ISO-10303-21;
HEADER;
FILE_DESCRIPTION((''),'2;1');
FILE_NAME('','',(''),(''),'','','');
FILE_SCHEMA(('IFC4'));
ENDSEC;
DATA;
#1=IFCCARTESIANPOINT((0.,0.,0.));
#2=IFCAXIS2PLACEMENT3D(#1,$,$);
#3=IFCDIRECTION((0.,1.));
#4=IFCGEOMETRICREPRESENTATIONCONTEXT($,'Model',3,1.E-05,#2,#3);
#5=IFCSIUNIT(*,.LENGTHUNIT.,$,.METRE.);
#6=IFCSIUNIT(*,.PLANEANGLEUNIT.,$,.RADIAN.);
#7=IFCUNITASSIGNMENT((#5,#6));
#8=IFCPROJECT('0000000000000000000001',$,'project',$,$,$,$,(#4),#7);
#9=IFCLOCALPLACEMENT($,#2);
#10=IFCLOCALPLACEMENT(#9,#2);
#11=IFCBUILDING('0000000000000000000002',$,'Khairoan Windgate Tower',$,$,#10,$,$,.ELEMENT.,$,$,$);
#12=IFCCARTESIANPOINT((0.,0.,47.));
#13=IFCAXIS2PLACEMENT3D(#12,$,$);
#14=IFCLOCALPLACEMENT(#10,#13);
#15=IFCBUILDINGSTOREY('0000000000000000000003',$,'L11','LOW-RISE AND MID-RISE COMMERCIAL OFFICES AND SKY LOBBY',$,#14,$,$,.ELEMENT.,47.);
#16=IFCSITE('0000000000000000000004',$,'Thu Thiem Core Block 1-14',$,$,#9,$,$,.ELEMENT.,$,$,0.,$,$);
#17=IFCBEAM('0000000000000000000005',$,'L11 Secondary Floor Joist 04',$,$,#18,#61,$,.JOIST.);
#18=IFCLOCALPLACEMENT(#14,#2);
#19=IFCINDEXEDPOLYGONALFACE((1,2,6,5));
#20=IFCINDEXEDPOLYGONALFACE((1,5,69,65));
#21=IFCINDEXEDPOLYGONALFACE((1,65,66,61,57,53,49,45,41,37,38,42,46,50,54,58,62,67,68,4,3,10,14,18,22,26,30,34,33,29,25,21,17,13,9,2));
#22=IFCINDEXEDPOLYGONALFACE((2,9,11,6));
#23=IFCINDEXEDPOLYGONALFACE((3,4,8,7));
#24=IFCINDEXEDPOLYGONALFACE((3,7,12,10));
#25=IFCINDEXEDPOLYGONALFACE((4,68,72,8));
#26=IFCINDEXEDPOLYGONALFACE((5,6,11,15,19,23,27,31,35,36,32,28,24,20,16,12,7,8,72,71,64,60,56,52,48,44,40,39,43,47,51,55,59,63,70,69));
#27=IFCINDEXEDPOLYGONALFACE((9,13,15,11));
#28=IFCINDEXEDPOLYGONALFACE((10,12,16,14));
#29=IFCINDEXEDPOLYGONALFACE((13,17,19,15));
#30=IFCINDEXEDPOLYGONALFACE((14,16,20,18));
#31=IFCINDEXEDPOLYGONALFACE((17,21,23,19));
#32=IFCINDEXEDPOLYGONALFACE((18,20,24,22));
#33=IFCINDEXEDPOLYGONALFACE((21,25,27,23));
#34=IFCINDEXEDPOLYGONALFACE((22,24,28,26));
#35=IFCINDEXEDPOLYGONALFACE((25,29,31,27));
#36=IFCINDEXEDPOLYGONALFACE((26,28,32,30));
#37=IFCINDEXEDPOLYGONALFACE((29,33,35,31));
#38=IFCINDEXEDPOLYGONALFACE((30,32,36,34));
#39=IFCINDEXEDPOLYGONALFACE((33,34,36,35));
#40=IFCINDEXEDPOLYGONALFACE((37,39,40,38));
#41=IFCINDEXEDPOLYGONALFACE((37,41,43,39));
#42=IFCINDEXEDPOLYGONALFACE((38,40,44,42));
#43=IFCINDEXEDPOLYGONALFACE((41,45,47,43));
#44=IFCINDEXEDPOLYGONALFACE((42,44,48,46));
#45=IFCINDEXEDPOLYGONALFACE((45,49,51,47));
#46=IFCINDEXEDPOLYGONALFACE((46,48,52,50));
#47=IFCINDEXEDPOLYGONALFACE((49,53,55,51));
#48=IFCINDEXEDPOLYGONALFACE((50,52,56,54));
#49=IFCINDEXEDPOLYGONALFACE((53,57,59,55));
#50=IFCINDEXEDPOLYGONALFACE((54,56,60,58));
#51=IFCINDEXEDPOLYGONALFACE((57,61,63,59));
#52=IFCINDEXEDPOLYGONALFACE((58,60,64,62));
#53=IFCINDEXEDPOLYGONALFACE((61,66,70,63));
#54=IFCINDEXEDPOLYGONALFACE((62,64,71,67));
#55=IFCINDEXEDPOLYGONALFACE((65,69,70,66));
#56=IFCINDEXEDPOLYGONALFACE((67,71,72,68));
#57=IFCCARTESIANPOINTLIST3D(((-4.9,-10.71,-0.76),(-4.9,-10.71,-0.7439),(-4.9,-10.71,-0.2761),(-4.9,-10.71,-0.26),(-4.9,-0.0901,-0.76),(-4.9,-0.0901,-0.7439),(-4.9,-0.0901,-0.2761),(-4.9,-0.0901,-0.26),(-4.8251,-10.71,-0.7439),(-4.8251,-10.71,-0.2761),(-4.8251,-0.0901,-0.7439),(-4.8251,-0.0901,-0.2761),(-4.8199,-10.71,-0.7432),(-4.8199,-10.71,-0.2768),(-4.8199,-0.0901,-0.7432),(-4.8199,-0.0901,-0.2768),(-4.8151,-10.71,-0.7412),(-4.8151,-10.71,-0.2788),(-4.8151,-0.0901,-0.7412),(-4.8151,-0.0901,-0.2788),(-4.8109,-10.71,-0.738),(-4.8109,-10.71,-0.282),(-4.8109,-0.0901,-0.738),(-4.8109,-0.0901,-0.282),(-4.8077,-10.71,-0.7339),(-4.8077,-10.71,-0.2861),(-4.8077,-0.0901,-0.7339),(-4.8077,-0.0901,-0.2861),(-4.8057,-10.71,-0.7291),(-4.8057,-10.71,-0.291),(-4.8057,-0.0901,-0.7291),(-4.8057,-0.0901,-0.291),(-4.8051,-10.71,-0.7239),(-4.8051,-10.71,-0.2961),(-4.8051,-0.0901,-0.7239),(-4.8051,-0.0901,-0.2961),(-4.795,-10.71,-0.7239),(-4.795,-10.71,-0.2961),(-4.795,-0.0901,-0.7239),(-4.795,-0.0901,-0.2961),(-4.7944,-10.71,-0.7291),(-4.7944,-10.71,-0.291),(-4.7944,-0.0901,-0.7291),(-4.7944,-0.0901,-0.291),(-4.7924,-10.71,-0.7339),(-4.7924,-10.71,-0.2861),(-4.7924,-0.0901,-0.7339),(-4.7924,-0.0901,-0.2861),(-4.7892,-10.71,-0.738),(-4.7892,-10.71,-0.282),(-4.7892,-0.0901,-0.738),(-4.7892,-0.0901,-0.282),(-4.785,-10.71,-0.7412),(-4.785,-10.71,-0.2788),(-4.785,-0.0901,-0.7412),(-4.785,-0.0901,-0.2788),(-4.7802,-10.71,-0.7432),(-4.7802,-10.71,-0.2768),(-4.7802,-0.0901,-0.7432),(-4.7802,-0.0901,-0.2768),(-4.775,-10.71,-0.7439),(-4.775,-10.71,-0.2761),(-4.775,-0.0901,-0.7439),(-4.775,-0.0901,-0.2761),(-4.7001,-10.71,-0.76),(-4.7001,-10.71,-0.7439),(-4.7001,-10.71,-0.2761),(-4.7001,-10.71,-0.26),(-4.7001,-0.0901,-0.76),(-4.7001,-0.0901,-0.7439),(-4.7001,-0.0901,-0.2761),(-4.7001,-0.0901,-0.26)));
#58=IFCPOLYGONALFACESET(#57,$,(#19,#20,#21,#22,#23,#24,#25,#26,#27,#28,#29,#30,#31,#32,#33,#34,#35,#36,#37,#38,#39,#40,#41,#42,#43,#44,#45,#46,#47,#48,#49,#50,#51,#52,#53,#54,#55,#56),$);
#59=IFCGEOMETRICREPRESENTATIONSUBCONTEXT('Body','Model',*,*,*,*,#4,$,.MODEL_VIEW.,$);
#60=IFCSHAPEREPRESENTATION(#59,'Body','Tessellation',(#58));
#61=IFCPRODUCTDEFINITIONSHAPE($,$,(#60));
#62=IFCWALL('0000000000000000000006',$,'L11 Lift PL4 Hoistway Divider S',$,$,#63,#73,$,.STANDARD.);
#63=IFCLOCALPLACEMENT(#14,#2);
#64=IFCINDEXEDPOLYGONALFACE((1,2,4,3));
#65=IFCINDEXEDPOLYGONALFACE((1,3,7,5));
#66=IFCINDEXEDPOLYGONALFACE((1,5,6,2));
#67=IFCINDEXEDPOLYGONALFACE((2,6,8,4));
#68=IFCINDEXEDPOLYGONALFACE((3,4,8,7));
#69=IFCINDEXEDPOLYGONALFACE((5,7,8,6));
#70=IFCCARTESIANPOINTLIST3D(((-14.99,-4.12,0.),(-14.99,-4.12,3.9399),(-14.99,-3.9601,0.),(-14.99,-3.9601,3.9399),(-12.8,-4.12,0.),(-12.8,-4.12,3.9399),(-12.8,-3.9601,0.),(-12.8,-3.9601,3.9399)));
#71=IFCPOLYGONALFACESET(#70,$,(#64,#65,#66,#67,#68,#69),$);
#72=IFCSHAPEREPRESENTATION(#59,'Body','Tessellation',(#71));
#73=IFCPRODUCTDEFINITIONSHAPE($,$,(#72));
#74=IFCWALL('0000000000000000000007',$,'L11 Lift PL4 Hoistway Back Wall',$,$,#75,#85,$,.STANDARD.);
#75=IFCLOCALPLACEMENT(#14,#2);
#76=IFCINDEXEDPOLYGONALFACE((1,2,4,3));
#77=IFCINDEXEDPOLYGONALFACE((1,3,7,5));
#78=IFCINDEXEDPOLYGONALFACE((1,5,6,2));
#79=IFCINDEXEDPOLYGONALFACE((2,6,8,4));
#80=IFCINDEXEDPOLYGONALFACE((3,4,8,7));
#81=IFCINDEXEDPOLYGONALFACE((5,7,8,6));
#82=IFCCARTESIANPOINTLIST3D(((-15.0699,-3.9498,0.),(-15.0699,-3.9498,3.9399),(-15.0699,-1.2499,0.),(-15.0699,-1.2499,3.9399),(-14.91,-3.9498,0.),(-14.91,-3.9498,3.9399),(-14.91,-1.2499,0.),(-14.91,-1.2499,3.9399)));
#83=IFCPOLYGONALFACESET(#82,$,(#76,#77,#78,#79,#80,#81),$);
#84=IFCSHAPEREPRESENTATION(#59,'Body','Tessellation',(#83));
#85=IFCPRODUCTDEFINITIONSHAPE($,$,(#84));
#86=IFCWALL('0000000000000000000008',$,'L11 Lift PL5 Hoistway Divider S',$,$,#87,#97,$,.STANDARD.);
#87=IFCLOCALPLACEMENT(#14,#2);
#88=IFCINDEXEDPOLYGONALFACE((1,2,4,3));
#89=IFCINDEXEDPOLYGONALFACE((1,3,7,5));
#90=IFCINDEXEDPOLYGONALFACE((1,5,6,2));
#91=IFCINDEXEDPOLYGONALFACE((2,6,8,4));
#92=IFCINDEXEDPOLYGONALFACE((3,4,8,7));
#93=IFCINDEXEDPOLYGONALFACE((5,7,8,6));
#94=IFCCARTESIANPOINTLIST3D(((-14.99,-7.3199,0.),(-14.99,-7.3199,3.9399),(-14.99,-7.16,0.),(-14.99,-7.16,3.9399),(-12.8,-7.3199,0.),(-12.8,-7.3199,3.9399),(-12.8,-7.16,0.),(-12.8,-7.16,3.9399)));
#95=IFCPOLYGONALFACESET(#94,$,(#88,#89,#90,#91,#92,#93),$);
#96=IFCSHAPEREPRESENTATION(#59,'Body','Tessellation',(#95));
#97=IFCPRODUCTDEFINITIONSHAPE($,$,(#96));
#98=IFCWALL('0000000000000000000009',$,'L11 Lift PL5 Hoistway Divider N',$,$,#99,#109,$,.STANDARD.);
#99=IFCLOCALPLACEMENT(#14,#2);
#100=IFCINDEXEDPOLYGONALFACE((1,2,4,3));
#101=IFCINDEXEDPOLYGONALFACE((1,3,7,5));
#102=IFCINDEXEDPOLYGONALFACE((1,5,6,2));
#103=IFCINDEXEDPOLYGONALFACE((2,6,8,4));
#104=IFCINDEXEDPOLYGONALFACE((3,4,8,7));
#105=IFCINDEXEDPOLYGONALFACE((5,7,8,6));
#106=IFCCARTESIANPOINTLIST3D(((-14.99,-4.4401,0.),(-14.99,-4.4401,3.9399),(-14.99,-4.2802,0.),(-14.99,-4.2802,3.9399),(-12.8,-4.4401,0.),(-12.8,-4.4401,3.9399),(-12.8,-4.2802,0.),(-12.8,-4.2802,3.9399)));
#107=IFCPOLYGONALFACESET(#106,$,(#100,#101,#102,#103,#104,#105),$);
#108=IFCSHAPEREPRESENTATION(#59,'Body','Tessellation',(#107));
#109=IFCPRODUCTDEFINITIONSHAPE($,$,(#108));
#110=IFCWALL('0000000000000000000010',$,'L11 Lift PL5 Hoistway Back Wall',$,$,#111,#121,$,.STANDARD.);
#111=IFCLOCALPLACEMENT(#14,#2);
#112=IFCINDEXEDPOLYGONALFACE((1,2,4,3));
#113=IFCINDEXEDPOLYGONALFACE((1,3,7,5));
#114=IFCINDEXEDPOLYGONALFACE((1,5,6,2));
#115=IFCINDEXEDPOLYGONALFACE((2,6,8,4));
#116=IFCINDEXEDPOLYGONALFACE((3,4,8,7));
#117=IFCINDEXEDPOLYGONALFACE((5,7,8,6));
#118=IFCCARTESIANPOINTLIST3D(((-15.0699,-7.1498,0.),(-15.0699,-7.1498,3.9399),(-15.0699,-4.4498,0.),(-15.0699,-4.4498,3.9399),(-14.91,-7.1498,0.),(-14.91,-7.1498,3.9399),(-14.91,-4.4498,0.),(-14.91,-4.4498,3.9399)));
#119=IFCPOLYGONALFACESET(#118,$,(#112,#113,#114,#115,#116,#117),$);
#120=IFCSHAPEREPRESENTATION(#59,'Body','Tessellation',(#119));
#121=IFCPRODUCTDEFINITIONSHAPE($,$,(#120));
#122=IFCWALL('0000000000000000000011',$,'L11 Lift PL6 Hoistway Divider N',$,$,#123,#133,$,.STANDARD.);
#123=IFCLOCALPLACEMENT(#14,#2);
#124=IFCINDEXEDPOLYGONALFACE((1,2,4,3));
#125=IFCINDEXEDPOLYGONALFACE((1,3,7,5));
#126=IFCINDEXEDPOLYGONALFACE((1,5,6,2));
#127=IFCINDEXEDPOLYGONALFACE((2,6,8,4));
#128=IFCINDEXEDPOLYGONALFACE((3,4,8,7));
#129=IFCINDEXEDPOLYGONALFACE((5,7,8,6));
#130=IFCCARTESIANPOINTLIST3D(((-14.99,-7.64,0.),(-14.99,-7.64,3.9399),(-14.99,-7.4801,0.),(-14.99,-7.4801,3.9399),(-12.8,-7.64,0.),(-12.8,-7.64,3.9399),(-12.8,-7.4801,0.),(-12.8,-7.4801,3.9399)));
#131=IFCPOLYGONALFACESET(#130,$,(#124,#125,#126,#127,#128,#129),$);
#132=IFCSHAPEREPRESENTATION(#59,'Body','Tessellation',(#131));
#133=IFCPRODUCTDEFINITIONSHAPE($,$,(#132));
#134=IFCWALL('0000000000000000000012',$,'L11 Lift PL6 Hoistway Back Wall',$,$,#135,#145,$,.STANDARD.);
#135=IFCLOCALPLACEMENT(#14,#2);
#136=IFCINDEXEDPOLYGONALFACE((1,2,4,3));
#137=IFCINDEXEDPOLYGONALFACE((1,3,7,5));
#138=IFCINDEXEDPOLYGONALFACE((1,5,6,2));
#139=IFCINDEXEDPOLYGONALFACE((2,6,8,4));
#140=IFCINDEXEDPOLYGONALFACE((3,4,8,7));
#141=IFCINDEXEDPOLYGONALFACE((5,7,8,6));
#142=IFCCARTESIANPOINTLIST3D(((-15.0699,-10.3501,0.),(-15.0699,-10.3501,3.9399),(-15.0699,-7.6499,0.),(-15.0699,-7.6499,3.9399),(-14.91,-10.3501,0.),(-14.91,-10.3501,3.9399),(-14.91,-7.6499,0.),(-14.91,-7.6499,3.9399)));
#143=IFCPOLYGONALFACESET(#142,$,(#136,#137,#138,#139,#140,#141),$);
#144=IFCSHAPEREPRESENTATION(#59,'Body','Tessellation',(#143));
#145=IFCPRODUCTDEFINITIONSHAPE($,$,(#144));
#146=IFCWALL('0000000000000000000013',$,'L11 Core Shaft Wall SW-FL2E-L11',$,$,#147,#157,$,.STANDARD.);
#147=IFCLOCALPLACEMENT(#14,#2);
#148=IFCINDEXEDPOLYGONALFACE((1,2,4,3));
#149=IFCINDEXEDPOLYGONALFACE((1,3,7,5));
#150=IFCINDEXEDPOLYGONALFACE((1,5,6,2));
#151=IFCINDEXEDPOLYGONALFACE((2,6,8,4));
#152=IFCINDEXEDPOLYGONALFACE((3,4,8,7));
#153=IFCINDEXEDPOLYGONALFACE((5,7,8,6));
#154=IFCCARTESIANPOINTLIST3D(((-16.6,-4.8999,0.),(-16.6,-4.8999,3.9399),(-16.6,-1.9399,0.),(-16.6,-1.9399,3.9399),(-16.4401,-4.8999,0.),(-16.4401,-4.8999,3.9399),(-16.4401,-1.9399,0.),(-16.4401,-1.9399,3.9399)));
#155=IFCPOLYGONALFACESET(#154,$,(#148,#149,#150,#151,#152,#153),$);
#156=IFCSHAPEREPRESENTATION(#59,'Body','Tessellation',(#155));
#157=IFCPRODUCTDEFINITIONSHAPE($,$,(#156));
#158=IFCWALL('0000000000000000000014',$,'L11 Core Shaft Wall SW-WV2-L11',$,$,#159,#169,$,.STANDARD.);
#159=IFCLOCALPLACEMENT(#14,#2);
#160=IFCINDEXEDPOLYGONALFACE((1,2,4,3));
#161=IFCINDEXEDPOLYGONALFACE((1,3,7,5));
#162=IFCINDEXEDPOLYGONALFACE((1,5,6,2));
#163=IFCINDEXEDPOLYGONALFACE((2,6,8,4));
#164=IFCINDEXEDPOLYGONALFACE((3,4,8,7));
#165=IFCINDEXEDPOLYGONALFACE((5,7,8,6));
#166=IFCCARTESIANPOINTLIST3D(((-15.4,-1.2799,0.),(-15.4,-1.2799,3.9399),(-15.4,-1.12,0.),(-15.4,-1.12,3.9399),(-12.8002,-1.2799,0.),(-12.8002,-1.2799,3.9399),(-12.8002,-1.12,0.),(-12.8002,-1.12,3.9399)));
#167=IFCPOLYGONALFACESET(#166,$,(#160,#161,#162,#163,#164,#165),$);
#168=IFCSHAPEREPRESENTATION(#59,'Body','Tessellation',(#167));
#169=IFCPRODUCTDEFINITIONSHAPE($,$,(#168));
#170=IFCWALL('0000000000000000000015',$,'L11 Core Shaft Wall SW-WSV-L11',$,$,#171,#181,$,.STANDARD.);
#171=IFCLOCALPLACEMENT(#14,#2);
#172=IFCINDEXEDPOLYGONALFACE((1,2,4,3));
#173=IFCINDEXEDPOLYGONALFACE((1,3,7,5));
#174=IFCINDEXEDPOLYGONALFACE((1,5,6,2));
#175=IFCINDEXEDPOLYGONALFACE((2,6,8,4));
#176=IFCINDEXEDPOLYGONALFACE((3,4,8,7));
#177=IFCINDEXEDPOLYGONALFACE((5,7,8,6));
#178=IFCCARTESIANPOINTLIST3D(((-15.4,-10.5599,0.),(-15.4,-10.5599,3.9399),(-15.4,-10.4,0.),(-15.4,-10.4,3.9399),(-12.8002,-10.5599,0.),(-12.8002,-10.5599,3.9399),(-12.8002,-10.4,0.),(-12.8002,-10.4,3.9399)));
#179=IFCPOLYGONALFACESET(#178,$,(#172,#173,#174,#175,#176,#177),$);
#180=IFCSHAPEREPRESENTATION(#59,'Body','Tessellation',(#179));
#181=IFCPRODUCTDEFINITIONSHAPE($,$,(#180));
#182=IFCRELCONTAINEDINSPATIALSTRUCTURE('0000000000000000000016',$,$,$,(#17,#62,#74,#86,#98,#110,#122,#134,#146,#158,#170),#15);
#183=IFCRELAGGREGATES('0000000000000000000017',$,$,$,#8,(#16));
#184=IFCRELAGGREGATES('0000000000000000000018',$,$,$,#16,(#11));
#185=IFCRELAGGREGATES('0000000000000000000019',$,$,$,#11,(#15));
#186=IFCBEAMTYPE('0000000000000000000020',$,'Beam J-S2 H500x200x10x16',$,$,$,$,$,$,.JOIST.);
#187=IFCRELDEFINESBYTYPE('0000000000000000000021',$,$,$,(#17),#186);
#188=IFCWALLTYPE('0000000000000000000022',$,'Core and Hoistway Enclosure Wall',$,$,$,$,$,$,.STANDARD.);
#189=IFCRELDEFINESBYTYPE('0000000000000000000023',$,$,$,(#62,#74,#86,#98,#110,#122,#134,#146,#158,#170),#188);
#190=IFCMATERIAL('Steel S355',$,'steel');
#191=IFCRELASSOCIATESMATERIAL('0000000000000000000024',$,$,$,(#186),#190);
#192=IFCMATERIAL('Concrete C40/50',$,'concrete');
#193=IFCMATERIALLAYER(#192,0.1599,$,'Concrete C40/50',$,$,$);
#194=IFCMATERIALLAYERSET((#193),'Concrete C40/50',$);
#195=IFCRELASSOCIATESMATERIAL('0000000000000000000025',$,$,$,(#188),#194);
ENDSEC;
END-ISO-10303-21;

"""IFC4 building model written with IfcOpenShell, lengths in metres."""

from ifc_helpers import new_model, si_unit, direction, frame, frame_2d, origin, origin_2d, place, context, subcontext, project, spatial, rectangle, i_section, extrude, material, layer, layer_set, material_profile, profile_set, type_object, element, save


model = new_model("IFC4")

# Units and contexts
model_context = context("Model", 3, precision=1e-05, world=origin(), true_north=direction((0.0, 1.0)))
body_context = subcontext(model_context, "Body", "Model", "MODEL_VIEW")
ifc_project = project(units=[si_unit("LENGTHUNIT", "METRE"), si_unit("PLANEANGLEUNIT", "RADIAN")], contexts=[model_context])

# Site, building, storey
site_placement = place(None, origin())
site = spatial("IfcSite", under=ifc_project, at=site_placement, Name="Thu Thiem Core Block 1-14", CompositionType="ELEMENT", RefElevation=0.0)
building_placement = place(site_placement, origin())
building = spatial("IfcBuilding", under=site, at=building_placement, Name="Khairoan Windgate Tower", CompositionType="ELEMENT")
storey_placement = place(building_placement, frame((0.0, 0.0, 47.0)))
storey = spatial("IfcBuildingStorey", under=building, at=storey_placement, Name="L11", Description="LOW-RISE AND MID-RISE COMMERCIAL OFFICES AND SKY LOBBY", CompositionType="ELEMENT", Elevation=47.0)

# Beam
ifc_material_1 = material(Name="Steel S355", Category="steel")
ifc_material_profile_1 = material_profile(ifc_material_1, i_section(OverallWidth=0.2, OverallDepth=0.5, WebThickness=0.01, FlangeThickness=0.0161, FilletRadius=0.02, at=origin_2d()))
ifc_profile_set_1 = profile_set([ifc_material_profile_1], Name="Steel S355")
beam_type_1 = type_object("IfcBeamType", Name="Beam J-S2 H500x200x10x16", PredefinedType="JOIST", material=ifc_profile_set_1)
beam_1_placement = place(storey_placement, frame((-4.8, -10.71, -0.51), z_axis=(0.0, 1.0, 0.0), x_axis=(-1.0, 0.0, 0.0)))
element("IfcBeam", 1, at=beam_1_placement, inside=storey, type_object=beam_type_1, Name="L11 Secondary Floor Joist 04", PredefinedType="JOIST", context=body_context, shape_type="SweptSolid", body=[
    extrude(i_section(OverallWidth=0.2, OverallDepth=0.5, WebThickness=0.01, FlangeThickness=0.0161, FilletRadius=0.02, at=origin_2d()), origin(), (0.0, 0.0, 1.0), 10.6199),
])

# Walls
ifc_material_2 = material(Name="Concrete C40/50", Category="concrete")
ifc_layer_1 = layer(ifc_material_2, 0.1599, Name="Concrete C40/50")
ifc_layer_set_1 = layer_set([ifc_layer_1], Name="Concrete C40/50")
wall_type_1 = type_object("IfcWallType", Name="Core and Hoistway Enclosure Wall", PredefinedType="STANDARD", material=ifc_layer_set_1)
wall_1_placement = place(storey_placement, frame((-14.99, -4.04, 0.0), z_axis=(0.0, 0.0, 1.0), x_axis=(1.0, 0.0, 0.0)))
element("IfcWall", 2, at=wall_1_placement, inside=storey, type_object=wall_type_1, Name="L11 Lift PL4 Hoistway Divider S", PredefinedType="STANDARD", context=body_context, shape_type="SweptSolid", body=[
    extrude(rectangle(XDim=2.1899, YDim=0.1599, at=frame_2d((1.095, 0.0))), origin(), (0.0, 0.0, 1.0), 3.9399),
])
wall_2_placement = place(storey_placement, frame((-14.99, -3.95, 0.0), z_axis=(0.0, 0.0, 1.0), x_axis=(0.0, 1.0, 0.0)))
element("IfcWall", 3, at=wall_2_placement, inside=storey, type_object=wall_type_1, Name="L11 Lift PL4 Hoistway Back Wall", PredefinedType="STANDARD", context=body_context, shape_type="SweptSolid", body=[
    extrude(rectangle(XDim=2.7, YDim=0.1599, at=frame_2d((1.3501, 0.0))), origin(), (0.0, 0.0, 1.0), 3.9399),
])
for number, where, z_axis, x_axis, name in (
    (4, (-14.99, -7.24, 0.0), (0.0, 0.0, 1.0), (1.0, 0.0, 0.0), "L11 Lift PL5 Hoistway Divider S"),
    (5, (-14.99, -4.3601, 0.0), (0.0, 0.0, 1.0), (1.0, 0.0, 0.0), "L11 Lift PL5 Hoistway Divider N"),
):
    element("IfcWall", number, at=place(storey_placement, frame(where, z_axis=z_axis, x_axis=x_axis)), inside=storey, type_object=wall_type_1, Name=name, PredefinedType="STANDARD", context=body_context, shape_type="SweptSolid", body=[
        extrude(rectangle(XDim=2.1899, YDim=0.1599, at=frame_2d((1.095, 0.0))), origin(), (0.0, 0.0, 1.0), 3.9399),
    ])
wall_3_placement = place(storey_placement, frame((-14.99, -7.1499, 0.0), z_axis=(0.0, 0.0, 1.0), x_axis=(0.0, 1.0, 0.0)))
element("IfcWall", 6, at=wall_3_placement, inside=storey, type_object=wall_type_1, Name="L11 Lift PL5 Hoistway Back Wall", PredefinedType="STANDARD", context=body_context, shape_type="SweptSolid", body=[
    extrude(rectangle(XDim=2.7, YDim=0.1599, at=frame_2d((1.3501, 0.0))), origin(), (0.0, 0.0, 1.0), 3.9399),
])
wall_4_placement = place(storey_placement, frame((-14.99, -7.5601, 0.0), z_axis=(0.0, 0.0, 1.0), x_axis=(1.0, 0.0, 0.0)))
element("IfcWall", 7, at=wall_4_placement, inside=storey, type_object=wall_type_1, Name="L11 Lift PL6 Hoistway Divider N", PredefinedType="STANDARD", context=body_context, shape_type="SweptSolid", body=[
    extrude(rectangle(XDim=2.1899, YDim=0.1599, at=frame_2d((1.095, 0.0))), origin(), (0.0, 0.0, 1.0), 3.9399),
])
wall_5_placement = place(storey_placement, frame((-14.99, -10.3501, 0.0), z_axis=(0.0, 0.0, 1.0), x_axis=(0.0, 1.0, 0.0)))
element("IfcWall", 8, at=wall_5_placement, inside=storey, type_object=wall_type_1, Name="L11 Lift PL6 Hoistway Back Wall", PredefinedType="STANDARD", context=body_context, shape_type="SweptSolid", body=[
    extrude(rectangle(XDim=2.7002, YDim=0.1599, at=frame_2d((1.3501, 0.0))), origin(), (0.0, 0.0, 1.0), 3.9399),
])
wall_6_placement = place(storey_placement, frame((-16.52, -4.8999, 0.0), z_axis=(0.0, 0.0, 1.0), x_axis=(0.0, 1.0, 0.0)))
element("IfcWall", 9, at=wall_6_placement, inside=storey, type_object=wall_type_1, Name="L11 Core Shaft Wall SW-FL2E-L11", PredefinedType="STANDARD", context=body_context, shape_type="SweptSolid", body=[
    extrude(rectangle(XDim=2.96, YDim=0.1599, at=frame_2d((1.48, 0.0))), origin(), (0.0, 0.0, 1.0), 3.9399),
])
for number, where, z_axis, x_axis, name in (
    (10, (-15.3999, -1.2, 0.0), (0.0, 0.0, 1.0), (1.0, 0.0, 0.0), "L11 Core Shaft Wall SW-WV2-L11"),
    (11, (-15.3999, -10.48, 0.0), (0.0, 0.0, 1.0), (1.0, 0.0, 0.0), "L11 Core Shaft Wall SW-WSV-L11"),
):
    element("IfcWall", number, at=place(storey_placement, frame(where, z_axis=z_axis, x_axis=x_axis)), inside=storey, type_object=wall_type_1, Name=name, PredefinedType="STANDARD", context=body_context, shape_type="SweptSolid", body=[
        extrude(rectangle(XDim=2.5999, YDim=0.1599, at=frame_2d((1.2998, 0.0))), origin(), (0.0, 0.0, 1.0), 3.9399),
    ])

save(model, "model.ifc")
